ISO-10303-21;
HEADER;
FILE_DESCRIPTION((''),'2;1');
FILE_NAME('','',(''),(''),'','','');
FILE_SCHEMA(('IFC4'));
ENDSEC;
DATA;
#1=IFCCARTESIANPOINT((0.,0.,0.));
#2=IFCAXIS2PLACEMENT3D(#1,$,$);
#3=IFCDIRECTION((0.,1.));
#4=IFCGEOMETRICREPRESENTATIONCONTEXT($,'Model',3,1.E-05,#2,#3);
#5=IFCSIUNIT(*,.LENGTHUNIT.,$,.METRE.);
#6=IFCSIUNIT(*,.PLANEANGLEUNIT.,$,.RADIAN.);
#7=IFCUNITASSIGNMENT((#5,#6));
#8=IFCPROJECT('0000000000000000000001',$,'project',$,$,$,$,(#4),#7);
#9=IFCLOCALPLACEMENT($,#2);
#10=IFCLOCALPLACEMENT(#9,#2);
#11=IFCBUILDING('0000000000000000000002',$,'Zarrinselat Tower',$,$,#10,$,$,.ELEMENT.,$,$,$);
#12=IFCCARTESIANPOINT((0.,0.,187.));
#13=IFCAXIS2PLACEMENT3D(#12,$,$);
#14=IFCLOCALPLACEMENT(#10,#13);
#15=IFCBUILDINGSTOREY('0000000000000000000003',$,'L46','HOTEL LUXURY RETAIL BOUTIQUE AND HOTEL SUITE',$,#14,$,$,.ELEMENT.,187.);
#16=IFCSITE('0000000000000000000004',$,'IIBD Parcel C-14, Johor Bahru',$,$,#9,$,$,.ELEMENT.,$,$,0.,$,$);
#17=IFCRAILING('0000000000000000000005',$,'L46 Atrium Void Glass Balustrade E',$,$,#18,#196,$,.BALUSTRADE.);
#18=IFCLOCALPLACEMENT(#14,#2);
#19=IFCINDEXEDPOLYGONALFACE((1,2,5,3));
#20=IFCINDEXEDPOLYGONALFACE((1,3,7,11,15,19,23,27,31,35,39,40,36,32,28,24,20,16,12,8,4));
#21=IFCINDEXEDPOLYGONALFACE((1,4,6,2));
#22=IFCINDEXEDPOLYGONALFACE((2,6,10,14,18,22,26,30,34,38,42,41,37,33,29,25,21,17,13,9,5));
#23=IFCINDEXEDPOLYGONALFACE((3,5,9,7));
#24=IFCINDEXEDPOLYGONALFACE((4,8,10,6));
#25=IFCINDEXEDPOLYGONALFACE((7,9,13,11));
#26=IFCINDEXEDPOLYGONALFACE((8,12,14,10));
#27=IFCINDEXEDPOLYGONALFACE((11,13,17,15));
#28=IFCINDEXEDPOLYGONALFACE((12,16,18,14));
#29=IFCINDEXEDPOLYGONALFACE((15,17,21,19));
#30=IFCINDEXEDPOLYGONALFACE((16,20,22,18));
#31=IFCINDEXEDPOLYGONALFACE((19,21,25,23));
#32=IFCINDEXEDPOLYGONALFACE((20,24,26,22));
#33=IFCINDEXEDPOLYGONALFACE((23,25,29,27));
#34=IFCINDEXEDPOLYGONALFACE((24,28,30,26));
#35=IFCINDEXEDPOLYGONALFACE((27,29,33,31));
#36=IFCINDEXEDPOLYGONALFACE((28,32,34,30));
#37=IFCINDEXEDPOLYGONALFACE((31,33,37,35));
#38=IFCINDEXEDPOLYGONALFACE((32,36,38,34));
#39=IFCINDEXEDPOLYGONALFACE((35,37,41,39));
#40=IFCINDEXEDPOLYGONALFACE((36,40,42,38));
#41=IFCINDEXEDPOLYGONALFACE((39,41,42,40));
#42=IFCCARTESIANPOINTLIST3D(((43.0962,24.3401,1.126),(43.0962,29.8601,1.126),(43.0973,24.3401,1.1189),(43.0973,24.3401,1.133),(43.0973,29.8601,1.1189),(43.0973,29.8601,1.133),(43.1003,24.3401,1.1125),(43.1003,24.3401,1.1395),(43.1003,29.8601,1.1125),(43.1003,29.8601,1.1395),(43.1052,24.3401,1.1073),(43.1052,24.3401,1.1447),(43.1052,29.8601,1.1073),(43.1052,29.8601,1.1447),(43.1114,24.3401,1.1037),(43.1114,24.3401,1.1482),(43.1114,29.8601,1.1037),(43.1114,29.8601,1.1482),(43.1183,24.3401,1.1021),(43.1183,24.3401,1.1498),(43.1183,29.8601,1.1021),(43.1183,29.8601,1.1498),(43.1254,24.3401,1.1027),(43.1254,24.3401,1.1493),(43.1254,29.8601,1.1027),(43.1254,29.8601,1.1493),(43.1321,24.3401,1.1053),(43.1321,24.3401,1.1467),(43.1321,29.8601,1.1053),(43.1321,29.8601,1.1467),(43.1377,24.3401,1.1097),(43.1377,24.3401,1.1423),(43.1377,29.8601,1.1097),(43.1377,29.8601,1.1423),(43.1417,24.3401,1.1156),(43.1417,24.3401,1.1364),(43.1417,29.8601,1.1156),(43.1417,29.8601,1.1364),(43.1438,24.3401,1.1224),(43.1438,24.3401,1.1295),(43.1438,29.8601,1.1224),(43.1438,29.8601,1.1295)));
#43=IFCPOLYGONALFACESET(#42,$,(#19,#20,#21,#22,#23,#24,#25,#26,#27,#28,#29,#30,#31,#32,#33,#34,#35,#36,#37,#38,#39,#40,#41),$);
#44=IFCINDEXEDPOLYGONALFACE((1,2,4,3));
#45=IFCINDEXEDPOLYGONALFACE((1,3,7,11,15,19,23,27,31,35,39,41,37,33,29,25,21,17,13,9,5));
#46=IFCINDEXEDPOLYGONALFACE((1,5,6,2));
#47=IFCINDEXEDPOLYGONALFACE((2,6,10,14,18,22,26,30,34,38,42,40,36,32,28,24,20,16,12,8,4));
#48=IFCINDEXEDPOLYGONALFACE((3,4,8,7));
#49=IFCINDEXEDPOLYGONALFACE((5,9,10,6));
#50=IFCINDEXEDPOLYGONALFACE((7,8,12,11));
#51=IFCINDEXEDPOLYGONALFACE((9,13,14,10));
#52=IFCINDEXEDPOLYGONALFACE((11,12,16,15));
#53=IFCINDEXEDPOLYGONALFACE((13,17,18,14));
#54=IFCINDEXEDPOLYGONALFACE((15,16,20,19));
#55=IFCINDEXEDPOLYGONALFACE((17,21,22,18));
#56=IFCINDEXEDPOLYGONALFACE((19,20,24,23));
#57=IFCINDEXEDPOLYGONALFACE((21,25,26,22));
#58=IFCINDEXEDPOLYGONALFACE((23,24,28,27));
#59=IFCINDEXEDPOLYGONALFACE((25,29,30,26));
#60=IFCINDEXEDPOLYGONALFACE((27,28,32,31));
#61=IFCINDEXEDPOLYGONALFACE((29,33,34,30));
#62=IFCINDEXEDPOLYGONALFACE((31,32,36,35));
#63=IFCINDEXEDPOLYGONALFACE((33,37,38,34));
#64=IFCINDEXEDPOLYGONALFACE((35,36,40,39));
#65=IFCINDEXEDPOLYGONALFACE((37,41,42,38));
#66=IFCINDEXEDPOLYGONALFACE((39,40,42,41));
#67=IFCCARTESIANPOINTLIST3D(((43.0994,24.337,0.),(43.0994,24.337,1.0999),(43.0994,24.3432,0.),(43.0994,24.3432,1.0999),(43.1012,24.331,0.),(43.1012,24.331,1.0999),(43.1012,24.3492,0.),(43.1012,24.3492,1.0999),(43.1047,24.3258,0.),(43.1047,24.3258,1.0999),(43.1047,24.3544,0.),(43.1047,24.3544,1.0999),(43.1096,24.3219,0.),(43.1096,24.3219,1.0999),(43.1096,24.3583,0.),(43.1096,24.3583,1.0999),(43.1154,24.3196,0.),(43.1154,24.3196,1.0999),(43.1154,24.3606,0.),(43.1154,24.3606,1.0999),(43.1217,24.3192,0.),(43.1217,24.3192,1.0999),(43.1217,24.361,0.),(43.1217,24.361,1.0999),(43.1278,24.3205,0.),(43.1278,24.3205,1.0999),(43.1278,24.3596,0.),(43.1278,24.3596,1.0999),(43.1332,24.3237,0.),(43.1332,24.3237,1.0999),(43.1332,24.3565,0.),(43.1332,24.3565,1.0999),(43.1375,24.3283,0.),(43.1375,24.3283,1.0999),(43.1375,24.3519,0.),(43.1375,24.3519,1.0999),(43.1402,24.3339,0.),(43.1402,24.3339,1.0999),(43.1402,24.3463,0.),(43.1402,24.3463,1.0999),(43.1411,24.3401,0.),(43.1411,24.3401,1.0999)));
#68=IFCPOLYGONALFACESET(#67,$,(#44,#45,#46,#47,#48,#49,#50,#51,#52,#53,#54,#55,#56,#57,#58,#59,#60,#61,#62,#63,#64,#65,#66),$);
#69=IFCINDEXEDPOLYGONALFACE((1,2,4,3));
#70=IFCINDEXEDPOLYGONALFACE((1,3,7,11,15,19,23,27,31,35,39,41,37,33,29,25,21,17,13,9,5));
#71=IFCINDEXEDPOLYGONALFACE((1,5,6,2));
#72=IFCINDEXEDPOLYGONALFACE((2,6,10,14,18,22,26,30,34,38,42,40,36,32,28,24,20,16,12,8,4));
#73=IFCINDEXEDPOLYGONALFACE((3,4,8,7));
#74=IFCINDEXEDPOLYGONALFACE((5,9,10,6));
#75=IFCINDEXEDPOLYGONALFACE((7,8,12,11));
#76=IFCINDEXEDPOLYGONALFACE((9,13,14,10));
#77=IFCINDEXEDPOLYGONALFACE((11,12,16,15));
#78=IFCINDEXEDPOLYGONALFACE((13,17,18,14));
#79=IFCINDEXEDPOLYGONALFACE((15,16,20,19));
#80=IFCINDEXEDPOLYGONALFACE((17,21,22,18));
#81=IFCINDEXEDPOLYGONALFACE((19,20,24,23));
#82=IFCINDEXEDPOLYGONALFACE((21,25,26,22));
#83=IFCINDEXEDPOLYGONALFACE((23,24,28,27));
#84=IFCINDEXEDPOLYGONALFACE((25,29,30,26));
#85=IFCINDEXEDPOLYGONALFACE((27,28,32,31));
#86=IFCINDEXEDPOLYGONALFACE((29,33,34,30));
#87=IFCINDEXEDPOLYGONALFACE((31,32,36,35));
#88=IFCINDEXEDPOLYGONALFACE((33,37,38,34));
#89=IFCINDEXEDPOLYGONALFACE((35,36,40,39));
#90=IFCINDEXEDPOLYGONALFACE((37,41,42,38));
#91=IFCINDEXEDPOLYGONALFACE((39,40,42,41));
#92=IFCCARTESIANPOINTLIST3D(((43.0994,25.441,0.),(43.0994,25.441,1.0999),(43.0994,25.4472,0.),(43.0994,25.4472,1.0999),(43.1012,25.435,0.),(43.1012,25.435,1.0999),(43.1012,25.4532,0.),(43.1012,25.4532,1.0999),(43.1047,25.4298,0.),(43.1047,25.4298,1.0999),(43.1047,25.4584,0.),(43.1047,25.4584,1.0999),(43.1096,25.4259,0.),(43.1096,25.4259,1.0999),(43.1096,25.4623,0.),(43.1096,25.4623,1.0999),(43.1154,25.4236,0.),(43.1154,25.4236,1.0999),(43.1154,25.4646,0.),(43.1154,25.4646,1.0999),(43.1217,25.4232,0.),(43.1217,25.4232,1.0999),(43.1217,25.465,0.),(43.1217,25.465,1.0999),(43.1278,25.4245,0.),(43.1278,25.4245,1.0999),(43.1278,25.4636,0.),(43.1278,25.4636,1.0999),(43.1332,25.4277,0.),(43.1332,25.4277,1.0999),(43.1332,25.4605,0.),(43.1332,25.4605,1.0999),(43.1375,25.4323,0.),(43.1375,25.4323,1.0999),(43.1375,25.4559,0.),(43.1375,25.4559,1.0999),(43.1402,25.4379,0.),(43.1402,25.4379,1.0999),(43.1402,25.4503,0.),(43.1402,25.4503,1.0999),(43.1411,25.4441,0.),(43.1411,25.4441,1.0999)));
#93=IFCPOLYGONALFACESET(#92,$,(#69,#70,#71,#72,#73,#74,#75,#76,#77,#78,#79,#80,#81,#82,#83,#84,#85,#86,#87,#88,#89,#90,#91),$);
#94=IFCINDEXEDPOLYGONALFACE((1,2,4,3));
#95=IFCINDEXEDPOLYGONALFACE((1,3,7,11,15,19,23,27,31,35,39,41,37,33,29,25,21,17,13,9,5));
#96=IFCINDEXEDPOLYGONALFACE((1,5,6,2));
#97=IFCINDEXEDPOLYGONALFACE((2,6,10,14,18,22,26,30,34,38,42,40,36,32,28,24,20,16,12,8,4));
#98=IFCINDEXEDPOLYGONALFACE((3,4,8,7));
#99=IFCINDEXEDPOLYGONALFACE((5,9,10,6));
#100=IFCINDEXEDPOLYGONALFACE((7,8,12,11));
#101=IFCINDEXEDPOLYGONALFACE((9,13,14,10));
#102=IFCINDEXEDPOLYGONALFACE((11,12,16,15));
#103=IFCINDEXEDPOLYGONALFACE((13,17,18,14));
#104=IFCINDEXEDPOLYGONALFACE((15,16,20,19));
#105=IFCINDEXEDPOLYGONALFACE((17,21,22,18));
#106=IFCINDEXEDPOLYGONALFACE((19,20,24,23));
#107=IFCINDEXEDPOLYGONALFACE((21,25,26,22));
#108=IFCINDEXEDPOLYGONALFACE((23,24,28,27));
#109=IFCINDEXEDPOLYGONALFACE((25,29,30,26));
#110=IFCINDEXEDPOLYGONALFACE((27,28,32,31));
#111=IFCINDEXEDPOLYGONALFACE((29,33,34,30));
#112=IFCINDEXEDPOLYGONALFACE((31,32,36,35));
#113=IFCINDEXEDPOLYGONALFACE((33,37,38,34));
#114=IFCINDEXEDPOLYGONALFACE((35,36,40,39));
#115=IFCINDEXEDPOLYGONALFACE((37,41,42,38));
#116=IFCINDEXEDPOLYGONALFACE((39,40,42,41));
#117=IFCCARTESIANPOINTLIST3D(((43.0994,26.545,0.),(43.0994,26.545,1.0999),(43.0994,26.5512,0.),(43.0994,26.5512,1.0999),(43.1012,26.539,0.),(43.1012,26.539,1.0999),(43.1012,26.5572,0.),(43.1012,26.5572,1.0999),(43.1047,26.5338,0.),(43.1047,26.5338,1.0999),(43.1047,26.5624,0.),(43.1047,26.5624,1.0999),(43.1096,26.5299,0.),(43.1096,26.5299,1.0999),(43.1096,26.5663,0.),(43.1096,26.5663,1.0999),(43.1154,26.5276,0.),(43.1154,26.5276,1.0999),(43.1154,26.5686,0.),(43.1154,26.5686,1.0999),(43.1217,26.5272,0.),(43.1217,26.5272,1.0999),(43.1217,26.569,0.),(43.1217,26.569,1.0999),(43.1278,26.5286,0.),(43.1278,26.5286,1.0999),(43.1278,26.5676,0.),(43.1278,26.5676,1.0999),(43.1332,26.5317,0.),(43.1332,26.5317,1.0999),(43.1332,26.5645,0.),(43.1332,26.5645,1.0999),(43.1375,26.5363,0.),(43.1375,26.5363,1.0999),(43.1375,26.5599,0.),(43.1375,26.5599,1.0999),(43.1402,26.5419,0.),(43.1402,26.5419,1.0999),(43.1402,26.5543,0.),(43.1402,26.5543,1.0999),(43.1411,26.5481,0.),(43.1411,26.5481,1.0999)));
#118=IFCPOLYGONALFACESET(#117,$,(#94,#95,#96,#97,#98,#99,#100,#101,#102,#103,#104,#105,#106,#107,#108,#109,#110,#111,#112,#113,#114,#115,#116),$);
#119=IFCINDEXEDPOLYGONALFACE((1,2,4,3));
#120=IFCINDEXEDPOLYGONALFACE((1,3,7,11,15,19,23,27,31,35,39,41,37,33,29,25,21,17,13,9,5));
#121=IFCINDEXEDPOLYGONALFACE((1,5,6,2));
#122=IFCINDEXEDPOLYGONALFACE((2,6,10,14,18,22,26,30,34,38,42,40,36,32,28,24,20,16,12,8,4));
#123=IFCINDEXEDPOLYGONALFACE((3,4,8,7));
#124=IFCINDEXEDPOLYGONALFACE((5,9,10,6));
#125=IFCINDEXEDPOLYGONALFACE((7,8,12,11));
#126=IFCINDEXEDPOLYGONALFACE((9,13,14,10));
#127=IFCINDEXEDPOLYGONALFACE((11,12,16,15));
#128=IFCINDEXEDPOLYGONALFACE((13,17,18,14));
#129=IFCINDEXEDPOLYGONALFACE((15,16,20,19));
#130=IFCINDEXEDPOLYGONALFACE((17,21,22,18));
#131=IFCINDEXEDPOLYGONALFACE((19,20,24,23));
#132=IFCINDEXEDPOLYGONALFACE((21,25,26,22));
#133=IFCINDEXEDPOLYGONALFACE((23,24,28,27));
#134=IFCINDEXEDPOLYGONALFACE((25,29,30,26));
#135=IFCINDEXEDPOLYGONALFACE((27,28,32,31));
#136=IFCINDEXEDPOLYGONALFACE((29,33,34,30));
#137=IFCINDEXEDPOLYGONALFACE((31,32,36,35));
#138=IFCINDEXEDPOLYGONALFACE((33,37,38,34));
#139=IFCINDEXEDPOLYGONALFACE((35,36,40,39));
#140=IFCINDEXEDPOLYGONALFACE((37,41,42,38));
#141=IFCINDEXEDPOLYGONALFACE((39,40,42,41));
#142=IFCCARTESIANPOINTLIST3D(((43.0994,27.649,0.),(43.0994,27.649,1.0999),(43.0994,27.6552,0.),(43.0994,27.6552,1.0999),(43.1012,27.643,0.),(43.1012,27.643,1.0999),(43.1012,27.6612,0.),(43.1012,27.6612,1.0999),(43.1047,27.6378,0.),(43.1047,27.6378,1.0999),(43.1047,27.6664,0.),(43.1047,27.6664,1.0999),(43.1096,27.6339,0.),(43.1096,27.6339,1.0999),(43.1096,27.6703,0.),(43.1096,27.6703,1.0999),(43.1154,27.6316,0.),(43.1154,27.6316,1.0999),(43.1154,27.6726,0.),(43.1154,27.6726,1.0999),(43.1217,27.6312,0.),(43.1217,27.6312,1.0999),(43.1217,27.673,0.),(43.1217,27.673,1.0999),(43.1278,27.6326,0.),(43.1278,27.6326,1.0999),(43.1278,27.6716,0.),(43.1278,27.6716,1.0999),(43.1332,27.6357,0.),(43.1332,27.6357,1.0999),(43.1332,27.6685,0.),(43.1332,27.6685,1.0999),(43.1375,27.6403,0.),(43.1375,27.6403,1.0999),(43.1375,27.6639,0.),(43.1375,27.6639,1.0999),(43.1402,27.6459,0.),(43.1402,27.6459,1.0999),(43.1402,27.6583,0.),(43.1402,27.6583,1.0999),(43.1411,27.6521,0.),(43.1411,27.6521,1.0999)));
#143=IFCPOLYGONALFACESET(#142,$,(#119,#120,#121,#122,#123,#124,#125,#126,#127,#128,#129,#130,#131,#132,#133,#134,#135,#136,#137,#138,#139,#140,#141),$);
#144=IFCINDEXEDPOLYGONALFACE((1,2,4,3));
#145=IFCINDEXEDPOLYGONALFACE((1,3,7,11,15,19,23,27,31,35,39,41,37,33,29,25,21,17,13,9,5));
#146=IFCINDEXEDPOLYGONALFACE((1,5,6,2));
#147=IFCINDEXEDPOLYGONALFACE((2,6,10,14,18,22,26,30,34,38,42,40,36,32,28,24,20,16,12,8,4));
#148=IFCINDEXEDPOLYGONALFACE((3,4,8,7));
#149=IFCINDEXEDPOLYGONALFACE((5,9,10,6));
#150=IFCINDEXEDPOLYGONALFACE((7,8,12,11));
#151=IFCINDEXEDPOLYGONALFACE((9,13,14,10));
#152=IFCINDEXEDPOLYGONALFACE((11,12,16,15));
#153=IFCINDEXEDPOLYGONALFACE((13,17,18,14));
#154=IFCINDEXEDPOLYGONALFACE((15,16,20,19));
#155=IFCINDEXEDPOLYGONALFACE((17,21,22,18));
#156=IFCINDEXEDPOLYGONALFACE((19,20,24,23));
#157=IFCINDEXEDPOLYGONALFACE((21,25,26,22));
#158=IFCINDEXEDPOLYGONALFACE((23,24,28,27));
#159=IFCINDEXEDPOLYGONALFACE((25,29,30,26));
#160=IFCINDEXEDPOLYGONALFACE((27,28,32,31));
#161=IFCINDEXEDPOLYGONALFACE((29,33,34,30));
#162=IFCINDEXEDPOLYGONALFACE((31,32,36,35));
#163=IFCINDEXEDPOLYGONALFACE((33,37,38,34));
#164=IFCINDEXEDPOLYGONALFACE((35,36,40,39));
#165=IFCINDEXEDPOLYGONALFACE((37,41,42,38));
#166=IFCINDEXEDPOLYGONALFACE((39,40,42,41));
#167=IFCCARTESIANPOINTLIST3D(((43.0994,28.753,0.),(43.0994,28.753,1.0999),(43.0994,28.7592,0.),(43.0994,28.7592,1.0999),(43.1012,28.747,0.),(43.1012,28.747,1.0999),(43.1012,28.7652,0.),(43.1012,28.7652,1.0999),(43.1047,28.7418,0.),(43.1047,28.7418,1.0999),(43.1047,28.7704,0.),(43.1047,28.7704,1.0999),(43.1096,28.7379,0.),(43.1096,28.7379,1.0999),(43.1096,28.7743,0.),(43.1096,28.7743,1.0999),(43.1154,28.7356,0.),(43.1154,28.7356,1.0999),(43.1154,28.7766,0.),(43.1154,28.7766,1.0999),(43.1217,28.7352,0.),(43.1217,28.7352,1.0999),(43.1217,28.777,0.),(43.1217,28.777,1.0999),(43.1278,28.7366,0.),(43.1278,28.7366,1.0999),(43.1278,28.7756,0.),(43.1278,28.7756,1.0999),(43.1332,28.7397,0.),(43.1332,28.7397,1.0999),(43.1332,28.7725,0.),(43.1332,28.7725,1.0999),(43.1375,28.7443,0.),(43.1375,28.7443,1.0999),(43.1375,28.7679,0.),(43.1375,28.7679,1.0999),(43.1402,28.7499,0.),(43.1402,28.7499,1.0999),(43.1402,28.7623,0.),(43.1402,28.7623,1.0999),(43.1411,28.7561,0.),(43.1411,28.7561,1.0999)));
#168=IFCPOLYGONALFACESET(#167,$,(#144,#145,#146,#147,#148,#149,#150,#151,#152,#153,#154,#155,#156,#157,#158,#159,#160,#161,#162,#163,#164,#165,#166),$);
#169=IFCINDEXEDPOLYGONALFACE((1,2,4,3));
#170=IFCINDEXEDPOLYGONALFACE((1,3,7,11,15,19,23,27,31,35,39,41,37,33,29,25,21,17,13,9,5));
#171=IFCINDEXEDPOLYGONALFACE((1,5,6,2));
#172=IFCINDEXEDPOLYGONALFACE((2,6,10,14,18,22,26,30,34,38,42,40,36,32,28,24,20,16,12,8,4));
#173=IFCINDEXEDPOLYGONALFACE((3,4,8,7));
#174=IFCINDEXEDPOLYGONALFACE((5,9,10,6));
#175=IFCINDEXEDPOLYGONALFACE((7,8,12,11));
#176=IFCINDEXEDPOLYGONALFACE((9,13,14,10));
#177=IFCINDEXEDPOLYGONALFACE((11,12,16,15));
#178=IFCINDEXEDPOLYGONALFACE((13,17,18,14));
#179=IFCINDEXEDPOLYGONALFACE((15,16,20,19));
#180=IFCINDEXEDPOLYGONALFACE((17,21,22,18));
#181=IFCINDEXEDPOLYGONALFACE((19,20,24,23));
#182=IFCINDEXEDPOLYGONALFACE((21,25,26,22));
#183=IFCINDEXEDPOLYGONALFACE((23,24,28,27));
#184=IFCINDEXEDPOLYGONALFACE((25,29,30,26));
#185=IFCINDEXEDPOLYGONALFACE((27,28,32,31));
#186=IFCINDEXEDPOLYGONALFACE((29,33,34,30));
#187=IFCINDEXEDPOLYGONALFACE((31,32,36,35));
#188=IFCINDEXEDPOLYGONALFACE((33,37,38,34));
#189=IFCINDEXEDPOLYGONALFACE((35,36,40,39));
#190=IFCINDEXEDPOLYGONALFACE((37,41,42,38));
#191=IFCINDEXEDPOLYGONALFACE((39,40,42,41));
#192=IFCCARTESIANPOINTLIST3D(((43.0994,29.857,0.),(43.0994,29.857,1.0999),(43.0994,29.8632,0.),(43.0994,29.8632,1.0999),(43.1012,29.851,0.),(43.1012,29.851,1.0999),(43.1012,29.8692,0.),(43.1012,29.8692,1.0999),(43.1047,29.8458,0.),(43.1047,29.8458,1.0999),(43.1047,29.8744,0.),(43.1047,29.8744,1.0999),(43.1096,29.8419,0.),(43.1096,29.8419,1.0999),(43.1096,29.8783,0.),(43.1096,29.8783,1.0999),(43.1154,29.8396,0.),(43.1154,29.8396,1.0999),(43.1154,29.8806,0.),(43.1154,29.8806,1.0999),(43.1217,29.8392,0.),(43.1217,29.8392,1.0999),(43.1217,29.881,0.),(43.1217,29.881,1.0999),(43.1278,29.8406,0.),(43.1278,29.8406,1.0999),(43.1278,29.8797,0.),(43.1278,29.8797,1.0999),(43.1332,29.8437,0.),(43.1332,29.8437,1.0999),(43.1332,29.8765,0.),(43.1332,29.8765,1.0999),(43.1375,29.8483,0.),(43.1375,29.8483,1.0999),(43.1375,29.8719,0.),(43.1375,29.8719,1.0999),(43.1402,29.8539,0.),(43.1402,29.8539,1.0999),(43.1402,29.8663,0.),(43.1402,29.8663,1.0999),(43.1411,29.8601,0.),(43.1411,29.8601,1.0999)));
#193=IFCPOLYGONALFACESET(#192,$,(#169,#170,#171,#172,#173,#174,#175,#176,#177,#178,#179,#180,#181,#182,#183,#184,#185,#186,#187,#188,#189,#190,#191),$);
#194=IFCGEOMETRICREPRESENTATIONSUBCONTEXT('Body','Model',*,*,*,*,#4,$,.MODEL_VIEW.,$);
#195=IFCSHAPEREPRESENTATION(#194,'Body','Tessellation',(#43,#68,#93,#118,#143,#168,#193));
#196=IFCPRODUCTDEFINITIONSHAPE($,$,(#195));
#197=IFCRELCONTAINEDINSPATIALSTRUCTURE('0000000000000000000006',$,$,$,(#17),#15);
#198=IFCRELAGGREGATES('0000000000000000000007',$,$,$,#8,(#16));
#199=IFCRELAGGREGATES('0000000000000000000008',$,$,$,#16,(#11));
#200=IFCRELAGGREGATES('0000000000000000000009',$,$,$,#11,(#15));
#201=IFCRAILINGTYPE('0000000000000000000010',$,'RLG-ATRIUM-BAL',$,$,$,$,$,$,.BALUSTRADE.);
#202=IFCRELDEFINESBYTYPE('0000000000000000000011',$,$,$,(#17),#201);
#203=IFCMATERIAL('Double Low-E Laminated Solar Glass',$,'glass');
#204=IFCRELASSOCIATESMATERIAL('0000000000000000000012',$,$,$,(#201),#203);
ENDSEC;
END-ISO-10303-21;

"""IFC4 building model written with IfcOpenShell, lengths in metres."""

from ifc_helpers import new_model, si_unit, direction, frame, origin, origin_2d, place, context, subcontext, project, spatial, circle, extrude, material, type_object, element, save


model = new_model("IFC4")

# Units and contexts
model_context = context("Model", 3, precision=1e-05, world=origin(), true_north=direction((0.0, 1.0)))
body_context = subcontext(model_context, "Body", "Model", "MODEL_VIEW")
ifc_project = project(units=[si_unit("LENGTHUNIT", "METRE"), si_unit("PLANEANGLEUNIT", "RADIAN")], contexts=[model_context])

# Site, building, storey
site_placement = place(None, origin())
site = spatial("IfcSite", under=ifc_project, at=site_placement, Name="IIBD Parcel C-14, Johor Bahru", CompositionType="ELEMENT", RefElevation=0.0)
building_placement = place(site_placement, origin())
building = spatial("IfcBuilding", under=site, at=building_placement, Name="Zarrinselat Tower", CompositionType="ELEMENT")
storey_placement = place(building_placement, frame((0.0, 0.0, 187.0)))
storey = spatial("IfcBuildingStorey", under=building, at=storey_placement, Name="L46", Description="HOTEL LUXURY RETAIL BOUTIQUE AND HOTEL SUITE", CompositionType="ELEMENT", Elevation=187.0)

# Railing
ifc_material_1 = material(Name="Double Low-E Laminated Solar Glass", Category="glass")
railing_type_1 = type_object("IfcRailingType", Name="RLG-ATRIUM-BAL", PredefinedType="BALUSTRADE", material=ifc_material_1)
railing_1_placement = place(storey_placement, frame((43.1201, 24.3401, 0.0)))
element("IfcRailing", 1, at=railing_1_placement, inside=storey, type_object=railing_type_1, Name="L46 Atrium Void Glass Balustrade E", PredefinedType="BALUSTRADE", context=body_context, shape_type="SweptSolid", body=[
    extrude(circle(Radius=0.0239, at=origin_2d()), frame((0.0, 0.0, 1.126), z_axis=(0.0, 1.0, 0.0), x_axis=(-1.0, 0.0, 0.0)), (0.0, 0.0, 1.0), 5.52),
    extrude(circle(Radius=0.021, at=origin_2d()), origin(), (0.0, 0.0, 1.0), 1.0999),
    extrude(circle(Radius=0.021, at=origin_2d()), frame((0.0, 1.104, 0.0)), (0.0, 0.0, 1.0), 1.0999),
    extrude(circle(Radius=0.021, at=origin_2d()), frame((0.0, 2.208, 0.0)), (0.0, 0.0, 1.0), 1.0999),
    extrude(circle(Radius=0.021, at=origin_2d()), frame((0.0, 3.312, 0.0)), (0.0, 0.0, 1.0), 1.0999),
    extrude(circle(Radius=0.021, at=origin_2d()), frame((0.0, 4.416, 0.0)), (0.0, 0.0, 1.0), 1.0999),
    extrude(circle(Radius=0.021, at=origin_2d()), frame((0.0, 5.52, 0.0)), (0.0, 0.0, 1.0), 1.0999),
])

save(model, "model.ifc")
